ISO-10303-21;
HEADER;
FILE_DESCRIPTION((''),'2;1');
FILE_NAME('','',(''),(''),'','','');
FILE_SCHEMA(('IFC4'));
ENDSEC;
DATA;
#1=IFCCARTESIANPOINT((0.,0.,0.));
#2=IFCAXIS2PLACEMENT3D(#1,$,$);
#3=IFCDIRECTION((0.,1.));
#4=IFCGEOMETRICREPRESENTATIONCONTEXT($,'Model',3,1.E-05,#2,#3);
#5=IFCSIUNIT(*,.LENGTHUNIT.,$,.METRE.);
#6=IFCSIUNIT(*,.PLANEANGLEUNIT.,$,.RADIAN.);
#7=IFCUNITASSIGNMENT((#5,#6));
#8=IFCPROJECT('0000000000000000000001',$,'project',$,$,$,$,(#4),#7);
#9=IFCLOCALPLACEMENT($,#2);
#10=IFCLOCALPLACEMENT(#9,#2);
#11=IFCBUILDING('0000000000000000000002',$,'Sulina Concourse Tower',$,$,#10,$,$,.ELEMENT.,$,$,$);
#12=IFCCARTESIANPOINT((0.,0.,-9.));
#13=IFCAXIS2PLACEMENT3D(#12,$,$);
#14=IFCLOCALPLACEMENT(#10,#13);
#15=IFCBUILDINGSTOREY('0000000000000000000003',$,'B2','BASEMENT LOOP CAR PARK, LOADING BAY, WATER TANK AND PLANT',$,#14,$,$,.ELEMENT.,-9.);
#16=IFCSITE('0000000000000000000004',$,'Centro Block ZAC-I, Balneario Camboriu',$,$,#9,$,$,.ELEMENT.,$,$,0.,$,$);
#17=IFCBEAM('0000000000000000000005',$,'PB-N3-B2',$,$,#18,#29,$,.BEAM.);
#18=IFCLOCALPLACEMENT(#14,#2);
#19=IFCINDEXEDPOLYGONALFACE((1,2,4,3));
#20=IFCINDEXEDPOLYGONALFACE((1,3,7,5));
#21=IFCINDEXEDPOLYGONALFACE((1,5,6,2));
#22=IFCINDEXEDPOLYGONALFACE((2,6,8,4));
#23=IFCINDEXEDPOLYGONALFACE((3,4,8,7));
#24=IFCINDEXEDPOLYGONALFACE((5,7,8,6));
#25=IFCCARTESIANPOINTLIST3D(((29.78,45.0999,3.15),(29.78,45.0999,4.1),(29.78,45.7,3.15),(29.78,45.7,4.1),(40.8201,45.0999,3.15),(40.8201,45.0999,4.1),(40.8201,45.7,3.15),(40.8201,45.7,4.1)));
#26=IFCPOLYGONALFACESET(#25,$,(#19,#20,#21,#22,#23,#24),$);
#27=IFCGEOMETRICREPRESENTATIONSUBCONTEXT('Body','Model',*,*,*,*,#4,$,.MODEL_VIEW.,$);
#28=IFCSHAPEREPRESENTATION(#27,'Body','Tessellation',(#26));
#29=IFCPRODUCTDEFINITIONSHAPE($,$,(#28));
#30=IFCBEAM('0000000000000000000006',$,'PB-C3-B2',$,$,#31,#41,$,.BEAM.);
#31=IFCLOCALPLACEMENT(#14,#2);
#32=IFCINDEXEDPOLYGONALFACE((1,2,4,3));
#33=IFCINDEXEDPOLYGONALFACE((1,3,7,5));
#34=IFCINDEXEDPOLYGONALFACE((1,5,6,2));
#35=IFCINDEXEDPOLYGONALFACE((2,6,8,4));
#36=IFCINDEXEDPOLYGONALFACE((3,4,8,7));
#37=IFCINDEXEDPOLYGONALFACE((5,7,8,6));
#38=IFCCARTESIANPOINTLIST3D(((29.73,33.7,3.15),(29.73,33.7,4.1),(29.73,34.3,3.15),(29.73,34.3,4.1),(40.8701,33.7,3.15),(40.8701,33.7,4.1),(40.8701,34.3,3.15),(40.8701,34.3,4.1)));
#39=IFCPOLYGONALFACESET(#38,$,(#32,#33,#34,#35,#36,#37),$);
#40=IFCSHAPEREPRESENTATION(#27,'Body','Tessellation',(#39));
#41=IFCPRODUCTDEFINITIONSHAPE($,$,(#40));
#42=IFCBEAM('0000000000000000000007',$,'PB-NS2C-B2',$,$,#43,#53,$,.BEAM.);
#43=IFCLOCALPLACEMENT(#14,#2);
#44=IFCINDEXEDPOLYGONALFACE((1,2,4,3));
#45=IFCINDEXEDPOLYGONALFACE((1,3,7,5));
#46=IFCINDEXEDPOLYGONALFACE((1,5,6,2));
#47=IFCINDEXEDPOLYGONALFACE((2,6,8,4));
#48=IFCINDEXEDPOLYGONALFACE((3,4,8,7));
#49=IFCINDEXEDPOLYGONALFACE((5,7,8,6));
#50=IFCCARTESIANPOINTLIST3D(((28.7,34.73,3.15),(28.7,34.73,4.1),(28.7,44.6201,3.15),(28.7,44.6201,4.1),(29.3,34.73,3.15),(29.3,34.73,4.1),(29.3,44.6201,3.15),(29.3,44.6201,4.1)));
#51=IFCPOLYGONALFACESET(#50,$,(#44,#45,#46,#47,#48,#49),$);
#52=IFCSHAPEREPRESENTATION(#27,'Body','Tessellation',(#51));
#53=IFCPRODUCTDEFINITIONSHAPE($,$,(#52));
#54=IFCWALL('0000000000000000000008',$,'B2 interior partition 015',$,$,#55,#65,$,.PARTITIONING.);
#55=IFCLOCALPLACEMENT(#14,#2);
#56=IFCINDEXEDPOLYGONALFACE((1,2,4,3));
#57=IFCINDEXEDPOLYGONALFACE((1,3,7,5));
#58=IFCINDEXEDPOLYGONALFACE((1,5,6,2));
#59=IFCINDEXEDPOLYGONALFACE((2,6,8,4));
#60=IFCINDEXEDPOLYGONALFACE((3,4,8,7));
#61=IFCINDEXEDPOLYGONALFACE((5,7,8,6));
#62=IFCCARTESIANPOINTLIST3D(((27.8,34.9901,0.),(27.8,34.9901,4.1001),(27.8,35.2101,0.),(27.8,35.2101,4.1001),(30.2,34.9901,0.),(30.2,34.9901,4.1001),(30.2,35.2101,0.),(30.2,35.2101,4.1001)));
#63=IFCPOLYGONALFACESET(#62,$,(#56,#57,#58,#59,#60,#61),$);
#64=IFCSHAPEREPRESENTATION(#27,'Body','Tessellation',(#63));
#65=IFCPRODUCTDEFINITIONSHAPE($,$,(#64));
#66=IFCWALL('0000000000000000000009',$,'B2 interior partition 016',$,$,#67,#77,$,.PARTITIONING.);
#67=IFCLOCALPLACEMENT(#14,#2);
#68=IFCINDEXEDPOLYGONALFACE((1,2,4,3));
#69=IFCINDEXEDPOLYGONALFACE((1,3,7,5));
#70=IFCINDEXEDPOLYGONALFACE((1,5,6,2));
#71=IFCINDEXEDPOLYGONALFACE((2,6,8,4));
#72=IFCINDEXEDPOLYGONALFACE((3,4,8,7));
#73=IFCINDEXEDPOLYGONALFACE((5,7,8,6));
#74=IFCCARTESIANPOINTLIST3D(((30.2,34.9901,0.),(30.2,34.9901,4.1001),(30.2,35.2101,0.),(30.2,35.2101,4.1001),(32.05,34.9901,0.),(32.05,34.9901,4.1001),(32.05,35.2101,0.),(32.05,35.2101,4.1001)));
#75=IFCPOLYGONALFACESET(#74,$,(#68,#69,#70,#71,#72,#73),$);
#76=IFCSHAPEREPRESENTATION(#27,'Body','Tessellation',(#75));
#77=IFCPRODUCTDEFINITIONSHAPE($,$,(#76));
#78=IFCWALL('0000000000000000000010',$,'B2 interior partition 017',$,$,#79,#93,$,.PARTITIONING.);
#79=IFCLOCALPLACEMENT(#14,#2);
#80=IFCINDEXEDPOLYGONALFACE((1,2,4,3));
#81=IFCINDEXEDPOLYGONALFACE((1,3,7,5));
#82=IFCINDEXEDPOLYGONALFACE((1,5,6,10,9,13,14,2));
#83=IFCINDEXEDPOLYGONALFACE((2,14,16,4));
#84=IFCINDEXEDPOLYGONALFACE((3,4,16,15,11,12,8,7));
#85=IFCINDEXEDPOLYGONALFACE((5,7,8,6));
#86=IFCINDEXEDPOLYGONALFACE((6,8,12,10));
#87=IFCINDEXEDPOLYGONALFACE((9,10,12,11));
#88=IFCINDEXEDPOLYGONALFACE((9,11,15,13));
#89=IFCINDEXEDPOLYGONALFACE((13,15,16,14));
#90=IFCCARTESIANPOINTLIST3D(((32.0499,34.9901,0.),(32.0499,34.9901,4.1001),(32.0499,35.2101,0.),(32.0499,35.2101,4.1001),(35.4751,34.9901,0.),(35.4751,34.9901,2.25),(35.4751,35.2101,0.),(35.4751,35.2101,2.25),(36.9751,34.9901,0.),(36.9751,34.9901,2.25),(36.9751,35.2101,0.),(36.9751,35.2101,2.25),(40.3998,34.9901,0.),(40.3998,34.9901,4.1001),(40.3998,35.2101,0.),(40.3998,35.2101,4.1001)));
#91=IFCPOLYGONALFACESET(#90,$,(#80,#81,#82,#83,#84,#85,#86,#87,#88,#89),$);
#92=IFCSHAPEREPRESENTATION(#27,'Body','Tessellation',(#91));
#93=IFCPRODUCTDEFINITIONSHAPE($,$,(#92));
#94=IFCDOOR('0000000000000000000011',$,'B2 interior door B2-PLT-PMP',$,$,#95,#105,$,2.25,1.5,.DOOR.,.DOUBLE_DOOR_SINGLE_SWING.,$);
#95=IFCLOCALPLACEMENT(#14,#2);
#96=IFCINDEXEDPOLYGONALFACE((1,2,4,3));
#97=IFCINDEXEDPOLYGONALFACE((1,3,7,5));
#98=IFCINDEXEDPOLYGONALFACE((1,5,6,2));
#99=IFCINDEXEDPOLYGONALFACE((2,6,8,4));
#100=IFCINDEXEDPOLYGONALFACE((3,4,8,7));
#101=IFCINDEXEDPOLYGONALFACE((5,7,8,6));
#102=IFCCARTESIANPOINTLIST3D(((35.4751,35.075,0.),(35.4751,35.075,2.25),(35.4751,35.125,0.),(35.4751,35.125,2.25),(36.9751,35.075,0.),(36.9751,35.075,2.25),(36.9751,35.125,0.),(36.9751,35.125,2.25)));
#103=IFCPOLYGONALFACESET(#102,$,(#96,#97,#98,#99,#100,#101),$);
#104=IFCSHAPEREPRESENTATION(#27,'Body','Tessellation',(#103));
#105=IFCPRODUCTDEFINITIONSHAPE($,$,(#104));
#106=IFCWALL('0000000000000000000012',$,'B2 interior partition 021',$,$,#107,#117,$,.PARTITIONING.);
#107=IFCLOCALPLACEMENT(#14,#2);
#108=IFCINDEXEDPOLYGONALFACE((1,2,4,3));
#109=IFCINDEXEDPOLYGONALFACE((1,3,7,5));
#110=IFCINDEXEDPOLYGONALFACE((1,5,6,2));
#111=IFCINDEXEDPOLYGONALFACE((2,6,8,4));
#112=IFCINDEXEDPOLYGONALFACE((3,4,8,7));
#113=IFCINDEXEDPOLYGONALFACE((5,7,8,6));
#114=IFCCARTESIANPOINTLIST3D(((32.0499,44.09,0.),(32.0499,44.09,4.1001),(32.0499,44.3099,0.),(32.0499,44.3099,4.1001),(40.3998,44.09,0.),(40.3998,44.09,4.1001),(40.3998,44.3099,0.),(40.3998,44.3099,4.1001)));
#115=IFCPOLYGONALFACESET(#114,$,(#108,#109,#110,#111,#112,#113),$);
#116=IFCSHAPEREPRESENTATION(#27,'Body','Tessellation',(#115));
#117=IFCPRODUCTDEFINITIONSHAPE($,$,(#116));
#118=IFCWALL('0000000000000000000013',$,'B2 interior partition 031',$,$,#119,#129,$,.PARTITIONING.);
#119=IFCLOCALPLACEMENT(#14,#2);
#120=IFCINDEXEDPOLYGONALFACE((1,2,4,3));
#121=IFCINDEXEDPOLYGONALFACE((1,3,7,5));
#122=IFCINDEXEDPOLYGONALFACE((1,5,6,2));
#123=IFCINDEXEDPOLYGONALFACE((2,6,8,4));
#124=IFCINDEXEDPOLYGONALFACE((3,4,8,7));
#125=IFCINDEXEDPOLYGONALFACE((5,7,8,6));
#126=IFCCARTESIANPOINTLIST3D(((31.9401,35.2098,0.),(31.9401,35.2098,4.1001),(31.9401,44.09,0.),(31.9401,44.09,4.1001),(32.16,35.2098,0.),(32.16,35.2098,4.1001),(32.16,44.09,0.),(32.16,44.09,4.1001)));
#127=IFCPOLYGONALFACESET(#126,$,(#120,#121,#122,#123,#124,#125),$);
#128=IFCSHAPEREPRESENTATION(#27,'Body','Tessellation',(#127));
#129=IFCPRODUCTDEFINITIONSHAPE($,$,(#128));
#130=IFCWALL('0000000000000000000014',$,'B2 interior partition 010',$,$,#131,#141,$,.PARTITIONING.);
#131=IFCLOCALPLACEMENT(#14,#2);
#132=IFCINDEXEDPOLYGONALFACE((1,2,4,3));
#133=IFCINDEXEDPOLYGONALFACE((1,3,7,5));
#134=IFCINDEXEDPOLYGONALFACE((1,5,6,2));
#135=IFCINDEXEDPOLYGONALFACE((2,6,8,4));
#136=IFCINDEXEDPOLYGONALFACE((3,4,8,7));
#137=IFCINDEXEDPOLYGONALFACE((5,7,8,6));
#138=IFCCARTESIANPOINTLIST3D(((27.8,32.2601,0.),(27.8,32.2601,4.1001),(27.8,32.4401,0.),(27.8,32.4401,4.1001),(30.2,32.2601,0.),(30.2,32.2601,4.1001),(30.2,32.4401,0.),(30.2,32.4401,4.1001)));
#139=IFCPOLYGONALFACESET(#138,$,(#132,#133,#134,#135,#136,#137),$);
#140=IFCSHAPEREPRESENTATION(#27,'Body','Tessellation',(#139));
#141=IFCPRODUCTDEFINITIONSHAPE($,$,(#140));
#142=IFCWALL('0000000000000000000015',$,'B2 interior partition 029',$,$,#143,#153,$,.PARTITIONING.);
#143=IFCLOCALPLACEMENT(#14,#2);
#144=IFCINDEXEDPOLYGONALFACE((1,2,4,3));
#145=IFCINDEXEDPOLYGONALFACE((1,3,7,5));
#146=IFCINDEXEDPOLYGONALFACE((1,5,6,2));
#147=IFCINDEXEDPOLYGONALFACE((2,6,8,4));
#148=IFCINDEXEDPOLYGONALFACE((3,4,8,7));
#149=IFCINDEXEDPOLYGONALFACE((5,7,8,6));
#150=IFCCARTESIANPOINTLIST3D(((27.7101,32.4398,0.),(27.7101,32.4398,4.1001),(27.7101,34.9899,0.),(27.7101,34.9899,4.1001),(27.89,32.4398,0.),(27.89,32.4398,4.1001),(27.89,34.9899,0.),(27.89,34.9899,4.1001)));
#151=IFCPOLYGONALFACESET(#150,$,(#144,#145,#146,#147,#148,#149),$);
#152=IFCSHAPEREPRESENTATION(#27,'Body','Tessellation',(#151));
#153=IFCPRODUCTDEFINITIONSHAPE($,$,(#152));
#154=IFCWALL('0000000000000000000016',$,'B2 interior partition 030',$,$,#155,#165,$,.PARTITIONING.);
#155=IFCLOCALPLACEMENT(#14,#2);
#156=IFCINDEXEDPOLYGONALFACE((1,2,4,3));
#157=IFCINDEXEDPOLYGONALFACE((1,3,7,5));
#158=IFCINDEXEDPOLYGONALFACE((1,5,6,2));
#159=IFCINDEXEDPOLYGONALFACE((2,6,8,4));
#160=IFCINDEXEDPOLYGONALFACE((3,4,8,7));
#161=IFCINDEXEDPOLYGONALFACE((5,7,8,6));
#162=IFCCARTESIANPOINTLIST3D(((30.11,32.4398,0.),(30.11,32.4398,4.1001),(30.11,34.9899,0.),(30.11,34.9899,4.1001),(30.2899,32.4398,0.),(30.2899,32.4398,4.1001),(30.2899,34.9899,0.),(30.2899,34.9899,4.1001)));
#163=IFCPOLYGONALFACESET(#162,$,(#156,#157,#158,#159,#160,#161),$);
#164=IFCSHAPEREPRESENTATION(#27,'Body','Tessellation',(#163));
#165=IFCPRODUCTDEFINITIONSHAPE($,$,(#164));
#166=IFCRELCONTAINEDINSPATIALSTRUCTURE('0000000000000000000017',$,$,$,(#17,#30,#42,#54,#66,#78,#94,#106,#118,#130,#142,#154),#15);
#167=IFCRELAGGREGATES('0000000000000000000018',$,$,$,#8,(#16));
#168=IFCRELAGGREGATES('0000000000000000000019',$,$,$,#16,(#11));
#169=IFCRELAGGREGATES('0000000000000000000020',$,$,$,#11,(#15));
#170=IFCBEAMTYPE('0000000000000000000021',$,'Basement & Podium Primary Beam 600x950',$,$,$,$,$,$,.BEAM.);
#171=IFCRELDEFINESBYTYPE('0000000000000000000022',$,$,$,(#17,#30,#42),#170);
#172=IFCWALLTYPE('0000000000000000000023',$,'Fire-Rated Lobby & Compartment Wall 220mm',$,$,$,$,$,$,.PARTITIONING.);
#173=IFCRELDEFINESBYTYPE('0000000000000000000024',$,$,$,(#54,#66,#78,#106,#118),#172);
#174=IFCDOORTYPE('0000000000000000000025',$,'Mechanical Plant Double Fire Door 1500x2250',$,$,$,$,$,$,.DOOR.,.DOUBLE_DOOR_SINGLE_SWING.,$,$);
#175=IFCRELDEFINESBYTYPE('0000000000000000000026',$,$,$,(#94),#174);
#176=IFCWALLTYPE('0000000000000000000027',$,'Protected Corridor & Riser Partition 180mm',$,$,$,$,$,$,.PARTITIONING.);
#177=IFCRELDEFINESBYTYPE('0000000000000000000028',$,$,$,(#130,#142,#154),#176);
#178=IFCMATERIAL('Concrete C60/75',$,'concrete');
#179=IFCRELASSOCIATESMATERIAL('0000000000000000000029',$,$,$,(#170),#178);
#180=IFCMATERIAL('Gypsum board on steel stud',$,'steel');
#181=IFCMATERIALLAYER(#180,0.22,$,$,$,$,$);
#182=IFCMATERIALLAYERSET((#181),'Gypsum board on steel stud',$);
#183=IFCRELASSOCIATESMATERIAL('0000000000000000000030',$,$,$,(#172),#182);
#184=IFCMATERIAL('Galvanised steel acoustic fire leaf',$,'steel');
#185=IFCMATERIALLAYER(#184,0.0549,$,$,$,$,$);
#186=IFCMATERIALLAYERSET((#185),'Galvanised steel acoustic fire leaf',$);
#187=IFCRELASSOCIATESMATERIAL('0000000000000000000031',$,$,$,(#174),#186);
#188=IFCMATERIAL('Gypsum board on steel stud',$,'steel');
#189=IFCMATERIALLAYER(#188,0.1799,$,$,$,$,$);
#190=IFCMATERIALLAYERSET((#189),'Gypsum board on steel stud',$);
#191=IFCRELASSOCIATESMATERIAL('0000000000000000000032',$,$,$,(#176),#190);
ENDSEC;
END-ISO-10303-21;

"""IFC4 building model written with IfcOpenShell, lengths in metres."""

from ifc_helpers import new_model, si_unit, direction, frame, frame_2d, origin, origin_2d, place, context, subcontext, project, spatial, rectangle, extrude, material, layer, layer_set, material_profile, profile_set, type_object, element, fill, save


model = new_model("IFC4")

# Units and contexts
model_context = context("Model", 3, precision=1e-05, world=origin(), true_north=direction((0.0, 1.0)))
body_context = subcontext(model_context, "Body", "Model", "MODEL_VIEW")
ifc_project = project(units=[si_unit("LENGTHUNIT", "METRE"), si_unit("PLANEANGLEUNIT", "RADIAN")], contexts=[model_context])

# Site, building, storey
site_placement = place(None, origin())
site = spatial("IfcSite", under=ifc_project, at=site_placement, Name="Centro Block ZAC-I, Balneario Camboriu", CompositionType="ELEMENT", RefElevation=0.0)
building_placement = place(site_placement, origin())
building = spatial("IfcBuilding", under=site, at=building_placement, Name="Sulina Concourse Tower", CompositionType="ELEMENT")
storey_placement = place(building_placement, frame((0.0, 0.0, -9.0)))
storey = spatial("IfcBuildingStorey", under=building, at=storey_placement, Name="B2", Description="BASEMENT LOOP CAR PARK, LOADING BAY, WATER TANK AND PLANT", CompositionType="ELEMENT", Elevation=-9.0)

# Beams
ifc_material_1 = material(Name="Concrete C60/75", Category="concrete")
ifc_material_profile_1 = material_profile(ifc_material_1, rectangle(XDim=0.6001, YDim=0.95, at=origin_2d()), Name="RC 600x950")
ifc_profile_set_1 = profile_set([ifc_material_profile_1], Name="Concrete C60/75")
beam_type = type_object("IfcBeamType", Name="Basement & Podium Primary Beam 600x950", PredefinedType="BEAM", material=ifc_profile_set_1)
beam_1_placement = place(storey_placement, frame((29.78, 45.3999, 3.625), z_axis=(1.0, 0.0, 0.0), x_axis=(0.0, 1.0, 0.0)))
element("IfcBeam", 1, at=beam_1_placement, inside=storey, type_object=beam_type, Name="PB-N3-B2", PredefinedType="BEAM", context=body_context, shape_type="SweptSolid", body=[
    extrude(rectangle(XDim=0.6001, YDim=0.95, at=origin_2d()), origin(), (0.0, 0.0, 1.0), 11.04),
])
beam_2_placement = place(storey_placement, frame((29.73, 34.0, 3.625), z_axis=(1.0, 0.0, 0.0), x_axis=(0.0, 1.0, 0.0)))
element("IfcBeam", 2, at=beam_2_placement, inside=storey, type_object=beam_type, Name="PB-C3-B2", PredefinedType="BEAM", context=body_context, shape_type="SweptSolid", body=[
    extrude(rectangle(XDim=0.6001, YDim=0.95, at=origin_2d()), origin(), (0.0, 0.0, 1.0), 11.1401),
])
beam_3_placement = place(storey_placement, frame((29.0, 34.73, 3.625), z_axis=(0.0, 1.0, 0.0), x_axis=(-1.0, 0.0, 0.0)))
element("IfcBeam", 3, at=beam_3_placement, inside=storey, type_object=beam_type, Name="PB-NS2C-B2", PredefinedType="BEAM", context=body_context, shape_type="SweptSolid", body=[
    extrude(rectangle(XDim=0.6001, YDim=0.95, at=origin_2d()), origin(), (0.0, 0.0, 1.0), 9.8901),
])

# Walls
ifc_material_2 = material(Name="Gypsum board on steel stud", Category="steel")
ifc_layer_1 = layer(ifc_material_2, 0.22)
ifc_layer_set_1 = layer_set([ifc_layer_1], Name="Gypsum board on steel stud")
wall_type_1 = type_object("IfcWallType", Name="Fire-Rated Lobby & Compartment Wall 220mm", PredefinedType="PARTITIONING", material=ifc_layer_set_1)
wall_1_placement = place(storey_placement, frame((27.8, 35.1001, 0.0), z_axis=(0.0, 0.0, 1.0), x_axis=(1.0, 0.0, 0.0)))
element("IfcWall", 4, at=wall_1_placement, inside=storey, type_object=wall_type_1, Name="B2 interior partition 015", PredefinedType="PARTITIONING", context=body_context, shape_type="SweptSolid", body=[
    extrude(rectangle(XDim=2.3999, YDim=0.22, at=frame_2d((1.2, 0.0))), origin(), (0.0, 0.0, 1.0), 4.1001),
])
wall_2_placement = place(storey_placement, frame((30.2, 35.1001, 0.0), z_axis=(0.0, 0.0, 1.0), x_axis=(1.0, 0.0, 0.0)))
element("IfcWall", 5, at=wall_2_placement, inside=storey, type_object=wall_type_1, Name="B2 interior partition 016", PredefinedType="PARTITIONING", context=body_context, shape_type="SweptSolid", body=[
    extrude(rectangle(XDim=1.8501, YDim=0.22, at=frame_2d((0.925, 0.0))), origin(), (0.0, 0.0, 1.0), 4.1001),
])

# Wall, opening, door
wall_3_placement = place(storey_placement, frame((32.05, 35.1001, 0.0), z_axis=(0.0, 0.0, 1.0), x_axis=(1.0, 0.0, 0.0)))
wall_3 = element("IfcWall", 6, at=wall_3_placement, inside=storey, type_object=wall_type_1, Name="B2 interior partition 017", PredefinedType="PARTITIONING", context=body_context, shape_type="SweptSolid", body=[
    extrude(rectangle(XDim=8.3499, YDim=0.22, at=frame_2d((4.1748, 0.0))), origin(), (0.0, 0.0, 1.0), 4.1001),
])
opening_placement = place(wall_3_placement, frame((3.425, 0.0, 0.0)))
opening = element("IfcOpeningElement", 7, at=opening_placement, cuts=wall_3, PredefinedType="OPENING", context=body_context, shape_type="SweptSolid", body=[
    extrude(rectangle(XDim=1.5, YDim=2.25, at=frame_2d((0.75, 1.125))), frame((0.0, 0.1199, 0.0), z_axis=(0.0, -1.0, 0.0), x_axis=(1.0, 0.0, 0.0)), (0.0, 0.0, 1.0), 0.24),
])
ifc_material_3 = material(Name="Galvanised steel acoustic fire leaf", Category="steel")
ifc_layer_2 = layer(ifc_material_3, 0.0549)
ifc_layer_set_2 = layer_set([ifc_layer_2], Name="Galvanised steel acoustic fire leaf")
door_type = type_object("IfcDoorType", Name="Mechanical Plant Double Fire Door 1500x2250", OperationType="DOUBLE_DOOR_SINGLE_SWING", PredefinedType="DOOR", material=ifc_layer_set_2)
door_placement = place(opening_placement, origin())
door = element("IfcDoor", 8, at=door_placement, inside=storey, type_object=door_type, Name="B2 interior door B2-PLT-PMP", OperationType="DOUBLE_DOOR_SINGLE_SWING", OverallHeight=2.25, OverallWidth=1.5, PredefinedType="DOOR", context=body_context, shape_type="SweptSolid", body=[
    extrude(rectangle(XDim=1.5, YDim=2.25, at=frame_2d((0.75, 1.125))), frame((0.0, 0.0249, 0.0), z_axis=(0.0, -1.0, 0.0), x_axis=(1.0, 0.0, 0.0)), (0.0, 0.0, 1.0), 0.05),
])
fill(opening, door)

# Walls
wall_4_placement = place(storey_placement, frame((32.05, 44.2, 0.0), z_axis=(0.0, 0.0, 1.0), x_axis=(1.0, 0.0, 0.0)))
element("IfcWall", 9, at=wall_4_placement, inside=storey, type_object=wall_type_1, Name="B2 interior partition 021", PredefinedType="PARTITIONING", context=body_context, shape_type="SweptSolid", body=[
    extrude(rectangle(XDim=8.3499, YDim=0.22, at=frame_2d((4.1748, 0.0))), origin(), (0.0, 0.0, 1.0), 4.1001),
])
wall_5_placement = place(storey_placement, frame((32.05, 35.21, 0.0), z_axis=(0.0, 0.0, 1.0), x_axis=(0.0, 1.0, 0.0)))
element("IfcWall", 10, at=wall_5_placement, inside=storey, type_object=wall_type_1, Name="B2 interior partition 031", PredefinedType="PARTITIONING", context=body_context, shape_type="SweptSolid", body=[
    extrude(rectangle(XDim=8.8801, YDim=0.22, at=frame_2d((4.4399, 0.0))), origin(), (0.0, 0.0, 1.0), 4.1001),
])
ifc_material_4 = material(Name="Gypsum board on steel stud", Category="steel")
ifc_layer_3 = layer(ifc_material_4, 0.1799)
ifc_layer_set_3 = layer_set([ifc_layer_3], Name="Gypsum board on steel stud")
wall_type_2 = type_object("IfcWallType", Name="Protected Corridor & Riser Partition 180mm", PredefinedType="PARTITIONING", material=ifc_layer_set_3)
wall_6_placement = place(storey_placement, frame((27.8, 32.3501, 0.0), z_axis=(0.0, 0.0, 1.0), x_axis=(1.0, 0.0, 0.0)))
element("IfcWall", 11, at=wall_6_placement, inside=storey, type_object=wall_type_2, Name="B2 interior partition 010", PredefinedType="PARTITIONING", context=body_context, shape_type="SweptSolid", body=[
    extrude(rectangle(XDim=2.3999, YDim=0.1799, at=frame_2d((1.2, 0.0))), origin(), (0.0, 0.0, 1.0), 4.1001),
])
for number, where, z_axis, x_axis, name in (
    (12, (27.8, 32.4399, 0.0), (0.0, 0.0, 1.0), (0.0, 1.0, 0.0), "B2 interior partition 029"),
    (13, (30.2, 32.4399, 0.0), (0.0, 0.0, 1.0), (0.0, 1.0, 0.0), "B2 interior partition 030"),
):
    element("IfcWall", number, at=place(storey_placement, frame(where, z_axis=z_axis, x_axis=x_axis)), inside=storey, type_object=wall_type_2, Name=name, PredefinedType="PARTITIONING", context=body_context, shape_type="SweptSolid", body=[
        extrude(rectangle(XDim=2.55, YDim=0.1799, at=frame_2d((1.2749, 0.0))), origin(), (0.0, 0.0, 1.0), 4.1001),
    ])

save(model, "model.ifc")
